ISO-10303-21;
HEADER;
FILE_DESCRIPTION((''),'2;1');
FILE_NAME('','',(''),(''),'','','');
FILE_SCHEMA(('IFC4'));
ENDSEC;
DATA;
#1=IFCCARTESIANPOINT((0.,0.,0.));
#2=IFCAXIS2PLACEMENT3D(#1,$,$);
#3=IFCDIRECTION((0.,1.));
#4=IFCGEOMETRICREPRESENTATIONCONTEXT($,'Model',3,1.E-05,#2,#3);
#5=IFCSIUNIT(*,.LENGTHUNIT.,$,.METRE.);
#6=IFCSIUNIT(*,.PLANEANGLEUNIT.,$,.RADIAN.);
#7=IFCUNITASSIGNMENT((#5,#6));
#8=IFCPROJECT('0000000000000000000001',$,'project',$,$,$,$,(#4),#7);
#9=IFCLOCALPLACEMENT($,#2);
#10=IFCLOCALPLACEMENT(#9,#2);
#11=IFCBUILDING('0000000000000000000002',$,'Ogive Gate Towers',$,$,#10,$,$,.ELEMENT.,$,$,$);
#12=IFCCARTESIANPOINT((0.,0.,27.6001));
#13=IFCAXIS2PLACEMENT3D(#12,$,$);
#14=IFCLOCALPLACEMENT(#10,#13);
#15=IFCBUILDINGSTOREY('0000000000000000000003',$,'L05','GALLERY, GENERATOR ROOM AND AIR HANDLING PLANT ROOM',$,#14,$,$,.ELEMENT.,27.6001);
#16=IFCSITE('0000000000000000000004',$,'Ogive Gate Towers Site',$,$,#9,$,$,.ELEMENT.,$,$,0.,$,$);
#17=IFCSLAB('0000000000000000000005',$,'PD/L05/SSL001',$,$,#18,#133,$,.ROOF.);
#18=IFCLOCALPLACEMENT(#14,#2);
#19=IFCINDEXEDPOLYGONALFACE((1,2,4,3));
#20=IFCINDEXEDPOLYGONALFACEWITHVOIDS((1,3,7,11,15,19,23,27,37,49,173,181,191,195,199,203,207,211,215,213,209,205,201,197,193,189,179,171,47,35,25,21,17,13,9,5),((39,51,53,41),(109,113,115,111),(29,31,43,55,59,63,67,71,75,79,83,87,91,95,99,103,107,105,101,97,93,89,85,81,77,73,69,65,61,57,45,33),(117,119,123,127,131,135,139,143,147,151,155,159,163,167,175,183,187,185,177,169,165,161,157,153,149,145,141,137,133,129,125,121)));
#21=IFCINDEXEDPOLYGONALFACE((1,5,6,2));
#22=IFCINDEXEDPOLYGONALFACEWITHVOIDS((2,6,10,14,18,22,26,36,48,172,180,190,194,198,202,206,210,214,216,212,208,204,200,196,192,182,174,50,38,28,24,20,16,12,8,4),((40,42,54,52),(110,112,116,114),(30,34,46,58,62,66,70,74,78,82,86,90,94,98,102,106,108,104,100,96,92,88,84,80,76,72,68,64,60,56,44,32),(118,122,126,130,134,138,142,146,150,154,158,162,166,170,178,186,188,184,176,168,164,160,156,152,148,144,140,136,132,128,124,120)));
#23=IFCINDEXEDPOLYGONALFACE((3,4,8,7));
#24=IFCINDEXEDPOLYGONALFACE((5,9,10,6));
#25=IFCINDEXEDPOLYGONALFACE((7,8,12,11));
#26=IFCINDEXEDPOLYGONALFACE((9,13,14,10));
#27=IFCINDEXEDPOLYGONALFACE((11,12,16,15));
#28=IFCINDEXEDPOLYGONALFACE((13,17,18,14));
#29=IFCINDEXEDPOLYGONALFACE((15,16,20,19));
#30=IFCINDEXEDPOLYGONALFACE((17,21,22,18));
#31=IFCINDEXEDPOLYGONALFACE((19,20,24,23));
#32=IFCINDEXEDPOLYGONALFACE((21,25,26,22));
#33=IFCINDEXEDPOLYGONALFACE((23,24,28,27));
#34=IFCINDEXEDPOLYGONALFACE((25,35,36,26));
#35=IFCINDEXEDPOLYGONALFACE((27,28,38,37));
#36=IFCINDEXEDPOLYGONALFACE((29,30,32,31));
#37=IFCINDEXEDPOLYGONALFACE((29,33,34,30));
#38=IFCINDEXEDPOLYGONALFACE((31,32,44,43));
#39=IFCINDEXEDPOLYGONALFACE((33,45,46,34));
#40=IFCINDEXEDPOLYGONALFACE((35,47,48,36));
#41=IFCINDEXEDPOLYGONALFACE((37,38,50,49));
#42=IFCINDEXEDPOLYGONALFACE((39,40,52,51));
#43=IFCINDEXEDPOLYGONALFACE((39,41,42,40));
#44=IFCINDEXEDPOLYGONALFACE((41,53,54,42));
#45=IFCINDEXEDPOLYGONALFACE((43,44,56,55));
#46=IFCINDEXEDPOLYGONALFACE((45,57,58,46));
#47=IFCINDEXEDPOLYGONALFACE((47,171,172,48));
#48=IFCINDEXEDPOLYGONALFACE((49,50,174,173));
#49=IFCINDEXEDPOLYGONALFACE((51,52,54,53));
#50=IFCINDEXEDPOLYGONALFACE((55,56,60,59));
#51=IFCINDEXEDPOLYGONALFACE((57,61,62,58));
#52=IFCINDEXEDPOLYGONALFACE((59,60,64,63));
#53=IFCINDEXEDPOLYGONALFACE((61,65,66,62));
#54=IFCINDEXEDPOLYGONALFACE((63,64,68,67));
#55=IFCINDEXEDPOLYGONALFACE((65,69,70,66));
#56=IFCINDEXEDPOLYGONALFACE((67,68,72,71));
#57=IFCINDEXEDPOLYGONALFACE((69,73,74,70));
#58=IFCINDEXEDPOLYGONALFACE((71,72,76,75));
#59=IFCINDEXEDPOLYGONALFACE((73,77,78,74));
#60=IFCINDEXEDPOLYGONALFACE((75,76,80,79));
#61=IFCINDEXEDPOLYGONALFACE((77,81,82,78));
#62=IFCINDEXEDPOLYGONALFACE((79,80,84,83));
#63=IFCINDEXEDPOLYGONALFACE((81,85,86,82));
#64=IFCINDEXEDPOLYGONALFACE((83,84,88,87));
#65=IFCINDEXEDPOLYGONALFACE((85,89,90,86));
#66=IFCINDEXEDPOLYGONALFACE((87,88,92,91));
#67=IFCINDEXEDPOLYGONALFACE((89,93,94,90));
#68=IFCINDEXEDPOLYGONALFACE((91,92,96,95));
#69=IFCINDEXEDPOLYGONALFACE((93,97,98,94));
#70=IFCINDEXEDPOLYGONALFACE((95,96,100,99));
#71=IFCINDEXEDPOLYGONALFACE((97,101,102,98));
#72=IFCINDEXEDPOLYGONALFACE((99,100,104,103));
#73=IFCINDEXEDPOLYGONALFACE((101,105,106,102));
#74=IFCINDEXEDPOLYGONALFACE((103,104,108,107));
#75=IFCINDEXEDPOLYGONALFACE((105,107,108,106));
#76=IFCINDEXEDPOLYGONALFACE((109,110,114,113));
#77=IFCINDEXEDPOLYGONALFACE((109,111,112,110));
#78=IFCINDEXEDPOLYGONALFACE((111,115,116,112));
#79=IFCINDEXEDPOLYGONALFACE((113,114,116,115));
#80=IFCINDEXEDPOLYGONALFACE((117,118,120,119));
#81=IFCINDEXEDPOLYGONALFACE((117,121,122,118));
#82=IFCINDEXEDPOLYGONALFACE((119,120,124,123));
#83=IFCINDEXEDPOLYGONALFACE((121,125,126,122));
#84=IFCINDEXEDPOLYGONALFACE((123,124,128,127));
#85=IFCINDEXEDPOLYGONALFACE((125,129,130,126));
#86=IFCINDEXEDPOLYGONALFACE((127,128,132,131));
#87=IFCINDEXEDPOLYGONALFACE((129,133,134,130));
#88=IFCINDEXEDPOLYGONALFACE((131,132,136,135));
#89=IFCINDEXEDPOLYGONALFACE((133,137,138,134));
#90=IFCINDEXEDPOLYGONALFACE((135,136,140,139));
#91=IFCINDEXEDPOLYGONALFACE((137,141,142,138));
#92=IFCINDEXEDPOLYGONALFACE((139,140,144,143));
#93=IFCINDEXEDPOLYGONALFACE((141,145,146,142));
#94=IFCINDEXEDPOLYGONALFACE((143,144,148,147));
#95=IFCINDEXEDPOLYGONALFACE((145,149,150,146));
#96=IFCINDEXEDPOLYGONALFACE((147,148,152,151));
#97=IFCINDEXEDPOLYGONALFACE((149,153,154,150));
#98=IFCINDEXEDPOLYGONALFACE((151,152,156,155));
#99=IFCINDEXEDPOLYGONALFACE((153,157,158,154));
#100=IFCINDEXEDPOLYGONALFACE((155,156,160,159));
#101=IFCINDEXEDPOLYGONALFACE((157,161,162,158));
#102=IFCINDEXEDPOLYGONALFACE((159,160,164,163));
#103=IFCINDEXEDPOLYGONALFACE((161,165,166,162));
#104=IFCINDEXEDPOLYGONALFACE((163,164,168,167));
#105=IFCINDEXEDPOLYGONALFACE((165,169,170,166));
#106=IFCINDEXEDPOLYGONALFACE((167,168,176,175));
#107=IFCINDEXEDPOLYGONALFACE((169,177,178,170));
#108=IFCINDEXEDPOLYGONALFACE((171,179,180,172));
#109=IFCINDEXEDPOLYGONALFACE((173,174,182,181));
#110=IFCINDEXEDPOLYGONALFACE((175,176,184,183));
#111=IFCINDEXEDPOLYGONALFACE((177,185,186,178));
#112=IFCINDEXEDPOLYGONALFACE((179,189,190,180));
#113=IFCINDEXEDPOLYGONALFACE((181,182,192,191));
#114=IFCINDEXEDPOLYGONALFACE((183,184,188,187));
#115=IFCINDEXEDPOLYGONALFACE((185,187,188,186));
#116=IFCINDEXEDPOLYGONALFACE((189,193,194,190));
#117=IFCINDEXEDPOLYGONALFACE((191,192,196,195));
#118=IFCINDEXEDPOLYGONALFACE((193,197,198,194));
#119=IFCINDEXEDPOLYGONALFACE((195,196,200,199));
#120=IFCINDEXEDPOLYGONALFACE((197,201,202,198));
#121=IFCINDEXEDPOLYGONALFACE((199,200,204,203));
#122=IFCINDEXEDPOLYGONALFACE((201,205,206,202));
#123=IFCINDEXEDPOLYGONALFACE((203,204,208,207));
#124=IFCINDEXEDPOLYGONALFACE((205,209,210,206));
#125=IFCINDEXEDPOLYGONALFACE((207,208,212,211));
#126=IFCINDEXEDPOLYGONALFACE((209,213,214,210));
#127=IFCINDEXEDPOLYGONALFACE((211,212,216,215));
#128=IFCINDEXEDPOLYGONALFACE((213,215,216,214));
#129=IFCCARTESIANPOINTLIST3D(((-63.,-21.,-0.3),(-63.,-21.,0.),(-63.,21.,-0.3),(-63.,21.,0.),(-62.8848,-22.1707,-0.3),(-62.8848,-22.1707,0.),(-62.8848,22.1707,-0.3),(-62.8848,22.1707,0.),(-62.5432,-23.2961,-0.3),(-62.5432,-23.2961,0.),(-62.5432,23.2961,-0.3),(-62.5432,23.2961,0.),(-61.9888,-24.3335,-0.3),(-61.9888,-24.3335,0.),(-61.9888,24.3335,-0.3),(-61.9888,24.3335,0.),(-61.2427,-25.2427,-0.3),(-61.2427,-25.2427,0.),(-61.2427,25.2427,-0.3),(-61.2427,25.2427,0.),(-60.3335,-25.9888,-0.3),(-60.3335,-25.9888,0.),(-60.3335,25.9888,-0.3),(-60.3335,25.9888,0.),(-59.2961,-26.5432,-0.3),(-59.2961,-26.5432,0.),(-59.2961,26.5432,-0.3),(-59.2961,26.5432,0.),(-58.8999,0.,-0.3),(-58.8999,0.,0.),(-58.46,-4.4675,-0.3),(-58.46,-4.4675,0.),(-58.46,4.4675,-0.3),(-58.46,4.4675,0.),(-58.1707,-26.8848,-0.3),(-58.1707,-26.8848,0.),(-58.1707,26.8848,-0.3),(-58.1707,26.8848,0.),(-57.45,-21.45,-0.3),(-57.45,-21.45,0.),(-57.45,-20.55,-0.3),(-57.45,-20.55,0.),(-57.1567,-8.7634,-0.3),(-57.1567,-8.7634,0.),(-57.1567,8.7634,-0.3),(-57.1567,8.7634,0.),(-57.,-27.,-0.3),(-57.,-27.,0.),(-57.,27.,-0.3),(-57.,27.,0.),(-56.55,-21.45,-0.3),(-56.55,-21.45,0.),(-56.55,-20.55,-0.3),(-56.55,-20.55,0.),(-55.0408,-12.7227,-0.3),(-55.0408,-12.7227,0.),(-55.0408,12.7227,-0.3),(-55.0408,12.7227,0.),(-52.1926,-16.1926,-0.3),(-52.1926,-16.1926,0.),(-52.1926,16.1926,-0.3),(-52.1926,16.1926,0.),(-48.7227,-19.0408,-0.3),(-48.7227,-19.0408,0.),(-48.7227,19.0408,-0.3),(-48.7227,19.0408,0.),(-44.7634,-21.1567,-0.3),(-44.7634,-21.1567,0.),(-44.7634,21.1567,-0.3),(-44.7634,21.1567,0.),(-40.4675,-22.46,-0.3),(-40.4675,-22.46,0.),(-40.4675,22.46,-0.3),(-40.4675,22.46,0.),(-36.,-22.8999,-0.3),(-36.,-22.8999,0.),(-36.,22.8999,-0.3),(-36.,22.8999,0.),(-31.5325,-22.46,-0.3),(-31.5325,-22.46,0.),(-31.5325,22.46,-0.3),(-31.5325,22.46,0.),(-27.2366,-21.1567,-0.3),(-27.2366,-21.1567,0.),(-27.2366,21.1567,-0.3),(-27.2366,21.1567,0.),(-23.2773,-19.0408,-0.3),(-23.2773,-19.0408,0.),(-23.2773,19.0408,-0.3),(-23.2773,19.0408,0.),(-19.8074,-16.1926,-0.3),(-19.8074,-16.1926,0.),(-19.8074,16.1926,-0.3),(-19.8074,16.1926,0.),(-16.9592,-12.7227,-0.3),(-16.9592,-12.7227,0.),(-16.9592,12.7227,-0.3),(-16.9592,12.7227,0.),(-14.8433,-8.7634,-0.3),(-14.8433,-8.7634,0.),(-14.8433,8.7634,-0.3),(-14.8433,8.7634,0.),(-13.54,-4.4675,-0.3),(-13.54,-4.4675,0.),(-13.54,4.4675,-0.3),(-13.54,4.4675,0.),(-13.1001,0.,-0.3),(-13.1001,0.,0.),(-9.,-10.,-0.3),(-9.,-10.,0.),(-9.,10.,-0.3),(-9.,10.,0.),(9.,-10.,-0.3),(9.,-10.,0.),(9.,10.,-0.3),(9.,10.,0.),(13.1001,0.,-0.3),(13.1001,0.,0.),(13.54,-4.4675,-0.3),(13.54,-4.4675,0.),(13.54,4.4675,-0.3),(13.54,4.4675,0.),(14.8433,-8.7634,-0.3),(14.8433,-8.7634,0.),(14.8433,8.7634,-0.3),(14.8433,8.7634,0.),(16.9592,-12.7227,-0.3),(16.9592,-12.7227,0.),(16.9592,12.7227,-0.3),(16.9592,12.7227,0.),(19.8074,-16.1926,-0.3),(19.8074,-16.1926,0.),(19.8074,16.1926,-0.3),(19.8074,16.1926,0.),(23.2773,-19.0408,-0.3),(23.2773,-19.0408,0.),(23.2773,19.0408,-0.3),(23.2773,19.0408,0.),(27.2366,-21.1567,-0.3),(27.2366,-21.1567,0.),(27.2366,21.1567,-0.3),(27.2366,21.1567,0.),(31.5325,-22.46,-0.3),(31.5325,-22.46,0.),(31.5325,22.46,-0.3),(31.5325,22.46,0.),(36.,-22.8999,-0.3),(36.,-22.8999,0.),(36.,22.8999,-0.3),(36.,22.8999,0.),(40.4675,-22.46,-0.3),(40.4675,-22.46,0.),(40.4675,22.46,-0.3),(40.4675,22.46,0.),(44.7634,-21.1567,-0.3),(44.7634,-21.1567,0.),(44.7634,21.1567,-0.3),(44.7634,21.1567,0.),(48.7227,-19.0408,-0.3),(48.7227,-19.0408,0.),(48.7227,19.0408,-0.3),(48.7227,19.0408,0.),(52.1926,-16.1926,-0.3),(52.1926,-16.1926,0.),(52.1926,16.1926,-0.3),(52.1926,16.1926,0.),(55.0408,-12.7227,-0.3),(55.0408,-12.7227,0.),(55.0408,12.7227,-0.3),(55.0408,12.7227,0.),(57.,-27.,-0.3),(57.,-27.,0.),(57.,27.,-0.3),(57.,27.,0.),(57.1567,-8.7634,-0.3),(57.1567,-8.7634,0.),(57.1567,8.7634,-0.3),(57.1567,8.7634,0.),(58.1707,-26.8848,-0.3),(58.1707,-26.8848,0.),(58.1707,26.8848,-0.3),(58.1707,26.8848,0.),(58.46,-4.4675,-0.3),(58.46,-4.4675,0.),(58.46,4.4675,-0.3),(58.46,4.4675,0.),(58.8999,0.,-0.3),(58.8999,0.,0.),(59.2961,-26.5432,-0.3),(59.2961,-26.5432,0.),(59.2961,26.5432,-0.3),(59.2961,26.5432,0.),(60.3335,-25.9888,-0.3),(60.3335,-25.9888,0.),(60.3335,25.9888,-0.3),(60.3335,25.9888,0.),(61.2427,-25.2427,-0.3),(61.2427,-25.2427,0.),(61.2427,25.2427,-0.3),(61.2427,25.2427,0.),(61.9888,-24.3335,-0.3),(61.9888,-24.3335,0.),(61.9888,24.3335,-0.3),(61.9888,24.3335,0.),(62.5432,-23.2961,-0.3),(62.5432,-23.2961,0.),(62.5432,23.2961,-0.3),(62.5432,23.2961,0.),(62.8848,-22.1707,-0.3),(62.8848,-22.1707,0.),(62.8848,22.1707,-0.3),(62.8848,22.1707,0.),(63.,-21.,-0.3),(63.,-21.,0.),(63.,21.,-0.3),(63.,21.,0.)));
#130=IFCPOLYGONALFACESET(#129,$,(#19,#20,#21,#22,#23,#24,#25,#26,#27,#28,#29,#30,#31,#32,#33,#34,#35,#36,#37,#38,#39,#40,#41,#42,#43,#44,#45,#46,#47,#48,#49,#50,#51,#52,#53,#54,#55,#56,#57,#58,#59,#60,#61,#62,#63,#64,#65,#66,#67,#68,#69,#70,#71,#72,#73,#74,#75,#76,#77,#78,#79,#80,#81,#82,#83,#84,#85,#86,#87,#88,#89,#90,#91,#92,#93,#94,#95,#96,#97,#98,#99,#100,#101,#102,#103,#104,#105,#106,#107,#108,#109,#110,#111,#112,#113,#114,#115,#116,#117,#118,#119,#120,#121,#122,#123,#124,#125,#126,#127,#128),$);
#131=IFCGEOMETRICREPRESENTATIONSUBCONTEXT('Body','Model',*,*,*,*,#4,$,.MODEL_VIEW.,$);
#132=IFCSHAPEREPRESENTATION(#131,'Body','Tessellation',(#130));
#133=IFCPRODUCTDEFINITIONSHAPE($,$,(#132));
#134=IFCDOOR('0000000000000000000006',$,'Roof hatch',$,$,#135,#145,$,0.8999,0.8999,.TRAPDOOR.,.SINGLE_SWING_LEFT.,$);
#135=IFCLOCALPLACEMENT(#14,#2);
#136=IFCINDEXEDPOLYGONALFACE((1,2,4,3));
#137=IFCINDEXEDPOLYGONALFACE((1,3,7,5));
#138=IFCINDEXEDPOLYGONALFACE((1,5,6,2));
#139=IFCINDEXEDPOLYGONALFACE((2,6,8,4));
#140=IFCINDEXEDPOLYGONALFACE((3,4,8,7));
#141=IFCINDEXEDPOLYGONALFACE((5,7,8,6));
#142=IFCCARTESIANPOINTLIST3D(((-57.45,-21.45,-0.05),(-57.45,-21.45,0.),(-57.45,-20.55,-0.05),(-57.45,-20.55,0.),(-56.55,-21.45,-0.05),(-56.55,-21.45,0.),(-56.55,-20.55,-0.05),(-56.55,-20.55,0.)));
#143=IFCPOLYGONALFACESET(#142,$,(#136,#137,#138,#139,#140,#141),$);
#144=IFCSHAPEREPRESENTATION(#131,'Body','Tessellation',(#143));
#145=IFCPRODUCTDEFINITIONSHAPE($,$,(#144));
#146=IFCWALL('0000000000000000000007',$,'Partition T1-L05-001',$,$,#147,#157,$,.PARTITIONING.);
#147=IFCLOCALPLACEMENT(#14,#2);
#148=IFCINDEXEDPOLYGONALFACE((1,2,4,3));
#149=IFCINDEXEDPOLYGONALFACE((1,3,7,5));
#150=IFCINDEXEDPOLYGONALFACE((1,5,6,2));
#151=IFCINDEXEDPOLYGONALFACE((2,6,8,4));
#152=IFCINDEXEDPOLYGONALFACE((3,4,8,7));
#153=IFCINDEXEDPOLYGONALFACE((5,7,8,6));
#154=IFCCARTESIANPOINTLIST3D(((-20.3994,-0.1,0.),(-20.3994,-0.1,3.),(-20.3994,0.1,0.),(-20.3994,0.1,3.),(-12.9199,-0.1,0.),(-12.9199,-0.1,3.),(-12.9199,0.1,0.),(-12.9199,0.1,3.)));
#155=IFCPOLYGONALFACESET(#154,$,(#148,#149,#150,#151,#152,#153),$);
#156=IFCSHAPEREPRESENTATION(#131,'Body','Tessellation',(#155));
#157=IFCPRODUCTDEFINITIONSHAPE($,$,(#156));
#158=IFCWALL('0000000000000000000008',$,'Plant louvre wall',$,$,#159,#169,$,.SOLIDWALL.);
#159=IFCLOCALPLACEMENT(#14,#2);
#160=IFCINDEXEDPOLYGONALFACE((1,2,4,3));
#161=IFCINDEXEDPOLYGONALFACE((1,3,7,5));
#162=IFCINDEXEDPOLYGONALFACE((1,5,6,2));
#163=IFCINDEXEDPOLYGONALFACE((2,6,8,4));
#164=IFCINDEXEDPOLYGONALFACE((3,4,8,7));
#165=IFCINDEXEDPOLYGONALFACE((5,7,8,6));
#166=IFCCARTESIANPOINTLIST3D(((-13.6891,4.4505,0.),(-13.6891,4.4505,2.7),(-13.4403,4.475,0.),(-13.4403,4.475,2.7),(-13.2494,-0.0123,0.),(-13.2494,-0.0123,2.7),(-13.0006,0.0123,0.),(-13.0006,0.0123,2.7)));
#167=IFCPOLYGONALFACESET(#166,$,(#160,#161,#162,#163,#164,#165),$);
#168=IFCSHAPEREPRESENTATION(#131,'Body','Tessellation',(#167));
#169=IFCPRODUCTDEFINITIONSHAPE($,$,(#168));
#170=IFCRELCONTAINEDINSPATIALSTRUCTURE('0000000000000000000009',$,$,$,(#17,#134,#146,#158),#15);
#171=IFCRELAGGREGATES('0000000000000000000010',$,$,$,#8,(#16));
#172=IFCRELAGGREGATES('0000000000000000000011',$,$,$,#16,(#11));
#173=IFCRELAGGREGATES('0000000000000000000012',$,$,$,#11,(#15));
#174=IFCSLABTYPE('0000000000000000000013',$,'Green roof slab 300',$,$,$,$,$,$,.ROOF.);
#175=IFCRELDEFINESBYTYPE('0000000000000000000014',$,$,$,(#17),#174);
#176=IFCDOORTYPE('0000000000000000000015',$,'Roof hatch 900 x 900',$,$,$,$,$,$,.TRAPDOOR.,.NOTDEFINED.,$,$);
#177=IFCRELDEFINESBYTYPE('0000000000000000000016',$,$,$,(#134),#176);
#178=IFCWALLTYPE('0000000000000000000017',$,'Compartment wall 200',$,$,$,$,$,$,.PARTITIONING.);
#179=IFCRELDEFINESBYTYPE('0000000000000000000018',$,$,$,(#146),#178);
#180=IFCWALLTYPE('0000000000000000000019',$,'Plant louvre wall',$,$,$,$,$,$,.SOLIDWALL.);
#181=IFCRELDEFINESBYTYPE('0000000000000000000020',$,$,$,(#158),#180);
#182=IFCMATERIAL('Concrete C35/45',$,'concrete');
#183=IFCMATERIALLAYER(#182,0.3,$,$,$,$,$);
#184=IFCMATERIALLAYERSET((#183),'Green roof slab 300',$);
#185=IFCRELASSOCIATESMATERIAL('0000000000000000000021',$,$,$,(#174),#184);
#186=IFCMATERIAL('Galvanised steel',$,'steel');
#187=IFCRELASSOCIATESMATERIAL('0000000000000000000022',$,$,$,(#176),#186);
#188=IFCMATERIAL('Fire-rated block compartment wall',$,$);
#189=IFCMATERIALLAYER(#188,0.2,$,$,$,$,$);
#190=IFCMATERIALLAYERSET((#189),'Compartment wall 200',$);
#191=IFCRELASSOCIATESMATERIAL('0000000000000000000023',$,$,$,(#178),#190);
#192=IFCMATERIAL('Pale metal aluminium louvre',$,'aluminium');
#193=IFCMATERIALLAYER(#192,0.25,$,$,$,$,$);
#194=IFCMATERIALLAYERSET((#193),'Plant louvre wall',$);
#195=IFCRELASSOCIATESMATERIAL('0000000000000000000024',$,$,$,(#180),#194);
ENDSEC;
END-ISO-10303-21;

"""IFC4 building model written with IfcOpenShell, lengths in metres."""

from ifc_helpers import new_model, si_unit, direction, frame, frame_2d, origin, origin_2d, place, context, subcontext, project, spatial, polyline, rectangle, outline, extrude, material, layer, layer_set, type_object, element, fill, save


model = new_model("IFC4")

# Units and contexts
model_context = context("Model", 3, precision=1e-05, world=origin(), true_north=direction((0.0, 1.0)))
body_context = subcontext(model_context, "Body", "Model", "MODEL_VIEW")
ifc_project = project(units=[si_unit("LENGTHUNIT", "METRE"), si_unit("PLANEANGLEUNIT", "RADIAN")], contexts=[model_context])

# Site, building, storey
site_placement = place(None, origin())
site = spatial("IfcSite", under=ifc_project, at=site_placement, Name="Ogive Gate Towers Site", CompositionType="ELEMENT", RefElevation=0.0)
building_placement = place(site_placement, origin())
building = spatial("IfcBuilding", under=site, at=building_placement, Name="Ogive Gate Towers", CompositionType="ELEMENT")
storey_placement = place(building_placement, frame((0.0, 0.0, 27.6001)))
storey = spatial("IfcBuildingStorey", under=building, at=storey_placement, Name="L05", Description="GALLERY, GENERATOR ROOM AND AIR HANDLING PLANT ROOM", CompositionType="ELEMENT", Elevation=27.6001)

# Shared definitions
ifc_material_1 = material(Name="Concrete C35/45", Category="concrete")

# Slab, opening, door
ifc_layer_1 = layer(ifc_material_1, 0.3)
ifc_layer_set_1 = layer_set([ifc_layer_1], Name="Green roof slab 300")
slab_type_1 = type_object("IfcSlabType", Name="Green roof slab 300", PredefinedType="ROOF", material=ifc_layer_set_1)
slab_1_placement = place(storey_placement, frame((0.0, 0.0, -0.3)))
slab_1 = element("IfcSlab", 1, at=slab_1_placement, inside=storey, type_object=slab_type_1, Name="PD/L05/SSL001", PredefinedType="ROOF", context=body_context, shape_type="SweptSolid", body=[
    extrude(outline(polyline([(-59.2961, -26.5432), (-58.1707, -26.8848), (-57.0, -27.0), (57.0, -27.0), (58.1707, -26.8848), (59.2961, -26.5432), (60.3335, -25.9888), (61.2427, -25.2427), (61.9888, -24.3335), (62.5432, -23.2961), (62.8848, -22.1707), (63.0, -21.0), (63.0, 21.0), (62.8848, 22.1707), (62.5432, 23.2961), (61.9888, 24.3335), (61.2427, 25.2427), (60.3335, 25.9888), (59.2961, 26.5432), (58.1707, 26.8848), (57.0, 27.0), (-57.0, 27.0), (-58.1707, 26.8848), (-59.2961, 26.5432), (-60.3335, 25.9888), (-61.2427, 25.2427), (-61.9888, 24.3335), (-62.5432, 23.2961), (-62.8848, 22.1707), (-63.0, 21.0), (-63.0, -21.0), (-62.8848, -22.1707), (-62.5432, -23.2961), (-61.9888, -24.3335), (-61.2427, -25.2427), (-60.3335, -25.9888), (-59.2961, -26.5432)]), holes=[polyline([(-14.8433, 8.7634), (-13.54, 4.4675), (-13.1001, 0.0), (-13.54, -4.4675), (-14.8433, -8.7634), (-16.9592, -12.7227), (-19.8074, -16.1926), (-23.2773, -19.0408), (-27.2366, -21.1567), (-31.5325, -22.46), (-36.0, -22.8999), (-40.4675, -22.46), (-44.7634, -21.1567), (-48.7227, -19.0408), (-52.1926, -16.1926), (-55.0408, -12.7227), (-57.1567, -8.7634), (-58.46, -4.4675), (-58.8999, 0.0), (-58.46, 4.4675), (-57.1567, 8.7634), (-55.0408, 12.7227), (-52.1926, 16.1926), (-48.7227, 19.0408), (-44.7634, 21.1567), (-40.4675, 22.46), (-36.0, 22.8999), (-31.5325, 22.46), (-27.2366, 21.1567), (-23.2773, 19.0408), (-19.8074, 16.1926), (-16.9592, 12.7227), (-14.8433, 8.7634)]), polyline([(57.1567, 8.7634), (58.46, 4.4675), (58.8999, 0.0), (58.46, -4.4675), (57.1567, -8.7634), (55.0408, -12.7227), (52.1926, -16.1926), (48.7227, -19.0408), (44.7634, -21.1567), (40.4675, -22.46), (36.0, -22.8999), (31.5325, -22.46), (27.2366, -21.1567), (23.2773, -19.0408), (19.8074, -16.1926), (16.9592, -12.7227), (14.8433, -8.7634), (13.54, -4.4675), (13.1001, 0.0), (13.54, 4.4675), (14.8433, 8.7634), (16.9592, 12.7227), (19.8074, 16.1926), (23.2773, 19.0408), (27.2366, 21.1567), (31.5325, 22.46), (36.0, 22.8999), (40.4675, 22.46), (44.7634, 21.1567), (48.7227, 19.0408), (52.1926, 16.1926), (55.0408, 12.7227), (57.1567, 8.7634)]), polyline([(9.0, 10.0), (9.0, -10.0), (-9.0, -10.0), (-9.0, 10.0), (9.0, 10.0)]), polyline([(-56.55, -21.45), (-57.45, -21.45), (-57.45, -20.55), (-56.55, -20.55), (-56.55, -21.45)])]), origin(), (0.0, 0.0, 1.0), 0.3),
])
opening_placement = place(slab_1_placement, frame((-57.0, -21.0, -0.01)))
opening = element("IfcOpeningElement", 2, at=opening_placement, cuts=slab_1, PredefinedType="OPENING", context=body_context, shape_type="SweptSolid", body=[
    extrude(rectangle(XDim=0.8999, YDim=0.8999, at=origin_2d()), origin(), (0.0, 0.0, 1.0), 0.3201),
])
ifc_material_2 = material(Name="Galvanised steel", Category="steel")
door_type = type_object("IfcDoorType", Name="Roof hatch 900 x 900", OperationType="NOTDEFINED", PredefinedType="TRAPDOOR", material=ifc_material_2)
door_placement = place(opening_placement, frame((0.0, 0.0, 0.26)))
door = element("IfcDoor", 3, at=door_placement, inside=storey, type_object=door_type, Name="Roof hatch", OperationType="SINGLE_SWING_LEFT", OverallHeight=0.8999, OverallWidth=0.8999, PredefinedType="TRAPDOOR", context=body_context, shape_type="SweptSolid", body=[
    extrude(rectangle(XDim=0.8999, YDim=0.8999, at=origin_2d()), origin(), (0.0, 0.0, 1.0), 0.05),
])
fill(opening, door)

# Walls
ifc_material_3 = material(Name="Fire-rated block compartment wall")
ifc_layer_2 = layer(ifc_material_3, 0.2)
ifc_layer_set_2 = layer_set([ifc_layer_2], Name="Compartment wall 200")
wall_type_1 = type_object("IfcWallType", Name="Compartment wall 200", PredefinedType="PARTITIONING", material=ifc_layer_set_2)
wall_1_placement = place(storey_placement, frame((-12.9199, 0.0, 0.0), z_axis=(0.0, 0.0, 1.0), x_axis=(-1.0, 0.0, 0.0)))
element("IfcWall", 4, at=wall_1_placement, inside=storey, type_object=wall_type_1, Name="Partition T1-L05-001", PredefinedType="PARTITIONING", context=body_context, shape_type="SweptSolid", body=[
    extrude(rectangle(XDim=7.4795, YDim=0.2, at=frame_2d((3.7397, 0.0))), origin(), (0.0, 0.0, 1.0), 3.0),
])
ifc_material_4 = material(Name="Pale metal aluminium louvre", Category="aluminium")
ifc_layer_3 = layer(ifc_material_4, 0.25)
ifc_layer_set_3 = layer_set([ifc_layer_3], Name="Plant louvre wall")
wall_type_2 = type_object("IfcWallType", Name="Plant louvre wall", PredefinedType="SOLIDWALL", material=ifc_layer_set_3)
wall_2_placement = place(storey_placement, frame((-13.125, 0.0, 0.0), z_axis=(0.0, 0.0, 1.0), x_axis=(-0.098054, 0.995181, 0.0)))
element("IfcWall", 5, at=wall_2_placement, inside=storey, type_object=wall_type_2, Name="Plant louvre wall", PredefinedType="SOLIDWALL", context=body_context, shape_type="SweptSolid", body=[
    extrude(rectangle(XDim=4.4844, YDim=0.25, at=frame_2d((2.2422, 0.0))), origin(), (0.0, 0.0, 1.0), 2.7),
])

save(model, "model.ifc")
